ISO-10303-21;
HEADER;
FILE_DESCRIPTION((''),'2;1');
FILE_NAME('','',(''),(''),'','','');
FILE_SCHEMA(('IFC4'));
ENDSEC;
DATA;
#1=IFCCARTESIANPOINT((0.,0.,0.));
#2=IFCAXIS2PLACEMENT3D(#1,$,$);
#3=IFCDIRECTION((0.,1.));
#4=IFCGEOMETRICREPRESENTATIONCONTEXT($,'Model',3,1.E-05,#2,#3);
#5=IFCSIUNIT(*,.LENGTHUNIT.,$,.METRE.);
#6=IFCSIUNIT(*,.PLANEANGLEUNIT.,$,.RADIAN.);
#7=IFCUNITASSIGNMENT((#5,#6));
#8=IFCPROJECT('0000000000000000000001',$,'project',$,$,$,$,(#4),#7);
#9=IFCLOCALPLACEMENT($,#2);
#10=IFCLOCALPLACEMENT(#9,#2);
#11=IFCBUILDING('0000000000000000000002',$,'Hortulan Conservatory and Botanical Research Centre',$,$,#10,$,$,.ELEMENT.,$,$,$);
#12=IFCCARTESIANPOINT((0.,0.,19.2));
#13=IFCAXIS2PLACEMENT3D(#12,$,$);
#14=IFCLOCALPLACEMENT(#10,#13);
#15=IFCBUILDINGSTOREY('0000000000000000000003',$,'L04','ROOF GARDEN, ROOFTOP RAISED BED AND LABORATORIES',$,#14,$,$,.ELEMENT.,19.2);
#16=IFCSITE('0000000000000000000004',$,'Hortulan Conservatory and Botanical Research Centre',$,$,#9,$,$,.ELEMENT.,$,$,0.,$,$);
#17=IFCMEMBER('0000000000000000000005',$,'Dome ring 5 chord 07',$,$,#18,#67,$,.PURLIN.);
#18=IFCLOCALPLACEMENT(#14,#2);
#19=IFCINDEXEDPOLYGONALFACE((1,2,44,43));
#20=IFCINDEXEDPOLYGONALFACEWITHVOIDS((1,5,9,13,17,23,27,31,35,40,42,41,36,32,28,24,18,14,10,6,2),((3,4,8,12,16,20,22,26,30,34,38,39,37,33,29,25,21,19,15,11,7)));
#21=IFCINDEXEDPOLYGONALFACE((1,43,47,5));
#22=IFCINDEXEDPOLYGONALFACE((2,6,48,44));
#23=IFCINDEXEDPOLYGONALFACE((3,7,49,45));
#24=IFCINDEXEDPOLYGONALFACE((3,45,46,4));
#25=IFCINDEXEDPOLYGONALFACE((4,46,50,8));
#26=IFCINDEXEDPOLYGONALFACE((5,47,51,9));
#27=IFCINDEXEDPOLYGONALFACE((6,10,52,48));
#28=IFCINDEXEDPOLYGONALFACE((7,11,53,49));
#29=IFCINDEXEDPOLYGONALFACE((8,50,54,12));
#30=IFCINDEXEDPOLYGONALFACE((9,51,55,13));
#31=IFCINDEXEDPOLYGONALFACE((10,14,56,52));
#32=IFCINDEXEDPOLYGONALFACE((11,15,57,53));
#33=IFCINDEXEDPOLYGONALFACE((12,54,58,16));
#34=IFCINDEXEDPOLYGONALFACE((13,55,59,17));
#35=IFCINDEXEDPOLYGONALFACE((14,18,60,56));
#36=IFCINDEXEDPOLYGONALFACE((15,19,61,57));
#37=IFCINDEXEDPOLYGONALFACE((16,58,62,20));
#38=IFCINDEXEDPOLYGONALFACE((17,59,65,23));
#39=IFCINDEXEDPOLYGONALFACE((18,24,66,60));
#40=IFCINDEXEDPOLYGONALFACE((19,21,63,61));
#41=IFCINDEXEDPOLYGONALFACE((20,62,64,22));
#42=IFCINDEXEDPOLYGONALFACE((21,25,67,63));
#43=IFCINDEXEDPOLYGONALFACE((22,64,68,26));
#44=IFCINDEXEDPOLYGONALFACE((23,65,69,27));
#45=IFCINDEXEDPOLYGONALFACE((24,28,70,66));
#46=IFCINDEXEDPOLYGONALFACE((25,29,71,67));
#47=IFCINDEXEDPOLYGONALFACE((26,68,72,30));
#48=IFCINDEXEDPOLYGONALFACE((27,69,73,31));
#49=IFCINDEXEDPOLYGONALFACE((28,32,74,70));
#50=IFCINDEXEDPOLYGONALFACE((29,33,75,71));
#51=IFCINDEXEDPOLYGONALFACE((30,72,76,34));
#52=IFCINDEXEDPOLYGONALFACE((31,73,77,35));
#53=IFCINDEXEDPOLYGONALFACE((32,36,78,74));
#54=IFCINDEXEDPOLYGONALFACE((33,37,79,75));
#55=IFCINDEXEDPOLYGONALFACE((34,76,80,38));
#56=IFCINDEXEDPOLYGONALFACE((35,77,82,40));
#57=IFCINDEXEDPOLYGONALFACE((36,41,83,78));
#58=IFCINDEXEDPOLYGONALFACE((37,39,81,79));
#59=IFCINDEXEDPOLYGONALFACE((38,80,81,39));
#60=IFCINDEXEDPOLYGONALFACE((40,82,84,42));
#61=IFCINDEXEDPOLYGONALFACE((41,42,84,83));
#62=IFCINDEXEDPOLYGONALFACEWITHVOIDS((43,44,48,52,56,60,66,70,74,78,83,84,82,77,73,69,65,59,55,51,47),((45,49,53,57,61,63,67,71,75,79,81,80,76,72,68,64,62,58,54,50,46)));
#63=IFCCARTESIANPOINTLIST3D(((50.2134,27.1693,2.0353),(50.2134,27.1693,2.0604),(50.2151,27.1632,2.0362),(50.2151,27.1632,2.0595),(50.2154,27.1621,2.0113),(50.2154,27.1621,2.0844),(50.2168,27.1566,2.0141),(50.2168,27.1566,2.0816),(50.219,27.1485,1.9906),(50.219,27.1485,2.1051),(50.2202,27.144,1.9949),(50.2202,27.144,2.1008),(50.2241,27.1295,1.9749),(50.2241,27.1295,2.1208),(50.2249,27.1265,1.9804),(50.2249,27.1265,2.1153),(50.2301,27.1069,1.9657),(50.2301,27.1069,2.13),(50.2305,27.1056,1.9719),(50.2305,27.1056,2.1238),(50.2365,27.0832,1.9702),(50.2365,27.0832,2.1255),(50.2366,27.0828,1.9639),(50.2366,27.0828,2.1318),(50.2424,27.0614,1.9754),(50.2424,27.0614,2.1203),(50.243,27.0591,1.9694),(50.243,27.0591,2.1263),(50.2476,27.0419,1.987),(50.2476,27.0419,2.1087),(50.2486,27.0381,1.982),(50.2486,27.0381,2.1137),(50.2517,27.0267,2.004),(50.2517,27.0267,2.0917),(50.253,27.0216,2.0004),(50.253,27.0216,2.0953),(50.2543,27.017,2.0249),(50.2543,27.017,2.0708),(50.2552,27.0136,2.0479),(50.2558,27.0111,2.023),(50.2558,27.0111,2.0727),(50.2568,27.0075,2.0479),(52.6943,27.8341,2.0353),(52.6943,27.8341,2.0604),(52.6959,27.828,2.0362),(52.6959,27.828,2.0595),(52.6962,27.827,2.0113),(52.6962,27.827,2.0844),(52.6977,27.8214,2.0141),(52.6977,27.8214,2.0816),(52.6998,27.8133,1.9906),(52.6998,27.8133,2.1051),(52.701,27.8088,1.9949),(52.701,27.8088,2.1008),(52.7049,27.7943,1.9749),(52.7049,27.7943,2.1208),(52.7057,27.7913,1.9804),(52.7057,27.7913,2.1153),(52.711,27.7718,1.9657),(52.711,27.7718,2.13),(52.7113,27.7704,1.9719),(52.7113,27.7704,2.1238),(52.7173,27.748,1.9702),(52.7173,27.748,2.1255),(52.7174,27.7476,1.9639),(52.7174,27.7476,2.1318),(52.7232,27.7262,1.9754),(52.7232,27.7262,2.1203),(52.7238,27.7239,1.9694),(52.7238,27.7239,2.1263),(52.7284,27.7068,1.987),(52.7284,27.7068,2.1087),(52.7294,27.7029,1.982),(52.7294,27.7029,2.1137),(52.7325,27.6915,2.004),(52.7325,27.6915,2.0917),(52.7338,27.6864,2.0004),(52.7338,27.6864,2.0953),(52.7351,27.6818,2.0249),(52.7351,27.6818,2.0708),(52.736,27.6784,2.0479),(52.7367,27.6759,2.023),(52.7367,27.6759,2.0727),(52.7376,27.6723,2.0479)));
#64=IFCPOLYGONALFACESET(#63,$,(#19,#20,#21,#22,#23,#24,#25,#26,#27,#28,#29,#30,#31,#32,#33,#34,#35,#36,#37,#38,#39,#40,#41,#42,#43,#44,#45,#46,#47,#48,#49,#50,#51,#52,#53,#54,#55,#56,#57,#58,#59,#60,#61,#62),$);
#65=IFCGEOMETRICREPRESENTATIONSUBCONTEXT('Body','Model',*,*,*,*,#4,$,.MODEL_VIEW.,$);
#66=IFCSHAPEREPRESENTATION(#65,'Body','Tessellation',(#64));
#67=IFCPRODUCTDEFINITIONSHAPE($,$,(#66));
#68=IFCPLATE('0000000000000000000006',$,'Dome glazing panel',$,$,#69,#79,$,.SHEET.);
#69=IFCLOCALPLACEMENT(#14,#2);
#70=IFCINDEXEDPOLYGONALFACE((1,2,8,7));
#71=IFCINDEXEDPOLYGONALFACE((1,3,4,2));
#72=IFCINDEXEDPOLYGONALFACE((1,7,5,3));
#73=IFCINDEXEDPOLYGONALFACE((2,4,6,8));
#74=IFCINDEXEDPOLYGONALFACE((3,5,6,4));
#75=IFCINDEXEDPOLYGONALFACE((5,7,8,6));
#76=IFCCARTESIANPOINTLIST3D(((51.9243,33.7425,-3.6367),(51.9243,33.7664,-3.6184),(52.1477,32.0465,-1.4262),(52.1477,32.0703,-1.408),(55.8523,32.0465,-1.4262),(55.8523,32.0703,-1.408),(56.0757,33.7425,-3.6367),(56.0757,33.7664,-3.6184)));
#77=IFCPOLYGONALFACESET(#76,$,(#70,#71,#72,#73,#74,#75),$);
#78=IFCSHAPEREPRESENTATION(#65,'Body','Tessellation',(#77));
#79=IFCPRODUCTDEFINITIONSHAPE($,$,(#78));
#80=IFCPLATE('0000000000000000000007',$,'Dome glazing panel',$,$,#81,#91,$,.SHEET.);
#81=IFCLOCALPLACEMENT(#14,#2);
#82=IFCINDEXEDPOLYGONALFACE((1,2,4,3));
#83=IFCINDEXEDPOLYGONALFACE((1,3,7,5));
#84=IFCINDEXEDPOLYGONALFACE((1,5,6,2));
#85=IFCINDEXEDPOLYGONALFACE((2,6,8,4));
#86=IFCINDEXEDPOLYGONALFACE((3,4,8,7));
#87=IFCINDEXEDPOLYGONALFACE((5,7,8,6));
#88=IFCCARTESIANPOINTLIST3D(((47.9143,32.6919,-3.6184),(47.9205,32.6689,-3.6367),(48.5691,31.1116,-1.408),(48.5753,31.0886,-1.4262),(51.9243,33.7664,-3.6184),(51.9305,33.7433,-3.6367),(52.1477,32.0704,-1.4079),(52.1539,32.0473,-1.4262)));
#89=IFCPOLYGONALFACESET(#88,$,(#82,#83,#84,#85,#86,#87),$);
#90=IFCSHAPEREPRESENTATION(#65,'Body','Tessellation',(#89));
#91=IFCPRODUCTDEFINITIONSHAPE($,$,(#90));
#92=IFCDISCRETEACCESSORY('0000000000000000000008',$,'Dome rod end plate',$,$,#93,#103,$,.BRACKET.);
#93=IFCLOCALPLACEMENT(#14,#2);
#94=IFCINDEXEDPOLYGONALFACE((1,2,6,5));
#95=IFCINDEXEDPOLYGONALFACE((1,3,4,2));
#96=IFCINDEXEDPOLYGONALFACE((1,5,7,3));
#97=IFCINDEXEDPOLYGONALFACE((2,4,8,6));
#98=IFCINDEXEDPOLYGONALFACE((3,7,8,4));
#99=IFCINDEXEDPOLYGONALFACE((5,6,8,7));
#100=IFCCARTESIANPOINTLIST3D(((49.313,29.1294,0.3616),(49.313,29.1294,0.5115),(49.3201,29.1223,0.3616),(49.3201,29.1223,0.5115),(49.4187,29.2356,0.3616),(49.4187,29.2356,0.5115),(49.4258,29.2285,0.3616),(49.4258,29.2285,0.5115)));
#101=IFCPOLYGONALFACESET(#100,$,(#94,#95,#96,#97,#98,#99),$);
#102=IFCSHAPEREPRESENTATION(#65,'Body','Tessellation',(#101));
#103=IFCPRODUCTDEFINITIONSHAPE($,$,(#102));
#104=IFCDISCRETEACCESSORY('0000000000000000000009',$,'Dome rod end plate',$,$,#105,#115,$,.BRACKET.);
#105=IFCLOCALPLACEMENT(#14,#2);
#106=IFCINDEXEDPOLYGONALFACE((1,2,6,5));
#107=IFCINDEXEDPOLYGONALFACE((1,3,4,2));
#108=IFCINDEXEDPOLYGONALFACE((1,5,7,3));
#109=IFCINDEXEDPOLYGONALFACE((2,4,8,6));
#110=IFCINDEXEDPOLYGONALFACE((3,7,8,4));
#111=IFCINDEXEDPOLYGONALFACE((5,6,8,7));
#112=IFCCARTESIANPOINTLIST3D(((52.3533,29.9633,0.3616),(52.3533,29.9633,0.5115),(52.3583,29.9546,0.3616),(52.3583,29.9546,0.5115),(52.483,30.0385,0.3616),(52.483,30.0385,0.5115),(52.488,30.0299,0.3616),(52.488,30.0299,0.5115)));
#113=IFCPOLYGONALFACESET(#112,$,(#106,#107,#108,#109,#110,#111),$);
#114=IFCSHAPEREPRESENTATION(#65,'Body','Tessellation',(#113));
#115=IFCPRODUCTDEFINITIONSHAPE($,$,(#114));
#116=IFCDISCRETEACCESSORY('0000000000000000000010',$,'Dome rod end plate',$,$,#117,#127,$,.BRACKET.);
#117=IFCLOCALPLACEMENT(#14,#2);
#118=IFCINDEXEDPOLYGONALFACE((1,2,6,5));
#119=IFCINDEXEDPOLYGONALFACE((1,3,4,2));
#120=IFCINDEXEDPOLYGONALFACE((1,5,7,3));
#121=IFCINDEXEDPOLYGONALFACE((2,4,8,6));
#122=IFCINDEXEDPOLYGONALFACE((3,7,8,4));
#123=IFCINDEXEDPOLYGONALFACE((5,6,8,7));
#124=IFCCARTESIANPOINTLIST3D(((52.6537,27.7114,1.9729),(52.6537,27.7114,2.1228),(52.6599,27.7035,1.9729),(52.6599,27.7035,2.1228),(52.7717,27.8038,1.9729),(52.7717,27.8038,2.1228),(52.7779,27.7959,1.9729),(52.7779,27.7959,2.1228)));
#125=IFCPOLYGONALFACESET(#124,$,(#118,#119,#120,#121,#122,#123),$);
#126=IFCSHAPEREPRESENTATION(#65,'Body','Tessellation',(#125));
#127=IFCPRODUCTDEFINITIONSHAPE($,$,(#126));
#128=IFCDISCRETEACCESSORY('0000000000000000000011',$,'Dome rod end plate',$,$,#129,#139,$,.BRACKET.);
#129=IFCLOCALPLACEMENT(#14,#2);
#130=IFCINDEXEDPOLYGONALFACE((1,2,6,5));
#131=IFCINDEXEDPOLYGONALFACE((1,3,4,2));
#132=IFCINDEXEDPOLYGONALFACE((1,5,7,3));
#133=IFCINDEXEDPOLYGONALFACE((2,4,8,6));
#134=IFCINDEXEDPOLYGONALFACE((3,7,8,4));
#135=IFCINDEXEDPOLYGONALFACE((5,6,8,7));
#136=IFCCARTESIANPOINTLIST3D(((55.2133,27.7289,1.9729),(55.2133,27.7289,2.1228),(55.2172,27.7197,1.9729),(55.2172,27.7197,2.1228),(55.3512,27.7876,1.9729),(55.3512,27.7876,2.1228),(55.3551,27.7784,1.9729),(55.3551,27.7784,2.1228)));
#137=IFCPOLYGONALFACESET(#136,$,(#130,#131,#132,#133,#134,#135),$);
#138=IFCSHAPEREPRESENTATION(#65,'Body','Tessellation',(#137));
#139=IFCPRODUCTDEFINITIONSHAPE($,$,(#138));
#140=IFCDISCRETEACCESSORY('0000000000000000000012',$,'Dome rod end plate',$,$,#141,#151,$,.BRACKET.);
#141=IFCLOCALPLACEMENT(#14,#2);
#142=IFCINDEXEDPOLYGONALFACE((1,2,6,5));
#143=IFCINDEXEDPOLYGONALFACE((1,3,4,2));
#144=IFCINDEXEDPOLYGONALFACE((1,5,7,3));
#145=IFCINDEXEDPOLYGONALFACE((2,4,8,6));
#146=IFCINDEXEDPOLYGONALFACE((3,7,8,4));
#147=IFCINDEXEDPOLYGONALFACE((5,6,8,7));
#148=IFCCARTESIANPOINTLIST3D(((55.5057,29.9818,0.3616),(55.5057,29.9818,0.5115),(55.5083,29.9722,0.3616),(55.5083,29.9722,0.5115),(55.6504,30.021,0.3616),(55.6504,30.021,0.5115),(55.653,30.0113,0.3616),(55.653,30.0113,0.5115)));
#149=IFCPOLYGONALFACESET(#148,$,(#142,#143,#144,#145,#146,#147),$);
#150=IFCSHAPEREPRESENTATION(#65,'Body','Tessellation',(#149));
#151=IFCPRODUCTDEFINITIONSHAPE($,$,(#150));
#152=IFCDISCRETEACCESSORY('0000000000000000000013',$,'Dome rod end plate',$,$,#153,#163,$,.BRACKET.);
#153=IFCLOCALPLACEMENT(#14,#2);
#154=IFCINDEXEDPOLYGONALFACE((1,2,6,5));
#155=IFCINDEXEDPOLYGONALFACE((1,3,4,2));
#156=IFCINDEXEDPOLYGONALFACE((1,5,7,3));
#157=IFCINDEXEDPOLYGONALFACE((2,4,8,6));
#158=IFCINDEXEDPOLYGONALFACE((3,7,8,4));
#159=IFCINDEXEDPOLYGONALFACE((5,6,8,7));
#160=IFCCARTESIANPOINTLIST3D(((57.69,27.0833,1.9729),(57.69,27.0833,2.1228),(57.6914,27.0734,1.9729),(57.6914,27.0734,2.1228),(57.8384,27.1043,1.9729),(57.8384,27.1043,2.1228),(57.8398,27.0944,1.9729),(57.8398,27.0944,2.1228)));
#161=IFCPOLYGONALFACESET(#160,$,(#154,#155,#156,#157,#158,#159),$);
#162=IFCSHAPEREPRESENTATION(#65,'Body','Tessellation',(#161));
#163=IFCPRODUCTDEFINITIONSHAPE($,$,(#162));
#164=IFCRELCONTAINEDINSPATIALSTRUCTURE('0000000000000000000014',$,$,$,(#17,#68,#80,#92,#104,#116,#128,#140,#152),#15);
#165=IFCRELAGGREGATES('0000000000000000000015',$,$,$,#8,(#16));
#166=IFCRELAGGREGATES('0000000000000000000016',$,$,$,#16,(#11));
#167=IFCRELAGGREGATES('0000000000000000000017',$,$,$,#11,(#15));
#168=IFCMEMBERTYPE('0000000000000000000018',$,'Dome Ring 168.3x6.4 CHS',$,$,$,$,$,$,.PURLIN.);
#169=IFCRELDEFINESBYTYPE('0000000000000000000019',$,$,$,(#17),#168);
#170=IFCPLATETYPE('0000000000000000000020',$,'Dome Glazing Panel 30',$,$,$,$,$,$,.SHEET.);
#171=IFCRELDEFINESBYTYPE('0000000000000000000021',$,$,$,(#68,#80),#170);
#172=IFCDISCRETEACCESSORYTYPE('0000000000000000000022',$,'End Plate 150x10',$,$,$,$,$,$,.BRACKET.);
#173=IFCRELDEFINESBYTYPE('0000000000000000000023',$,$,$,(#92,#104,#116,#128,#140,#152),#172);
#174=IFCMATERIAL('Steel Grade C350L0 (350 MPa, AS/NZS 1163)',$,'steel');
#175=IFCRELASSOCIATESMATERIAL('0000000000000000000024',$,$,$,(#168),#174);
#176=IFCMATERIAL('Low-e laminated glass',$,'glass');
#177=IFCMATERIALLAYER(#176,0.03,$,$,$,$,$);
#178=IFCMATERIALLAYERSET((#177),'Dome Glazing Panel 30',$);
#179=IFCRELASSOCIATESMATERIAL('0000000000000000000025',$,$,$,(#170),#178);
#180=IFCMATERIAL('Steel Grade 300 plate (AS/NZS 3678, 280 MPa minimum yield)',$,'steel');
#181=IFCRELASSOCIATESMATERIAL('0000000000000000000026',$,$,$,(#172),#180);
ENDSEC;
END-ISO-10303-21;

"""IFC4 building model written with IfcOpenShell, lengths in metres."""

from ifc_helpers import new_model, si_unit, direction, frame, origin, origin_2d, place, context, subcontext, project, spatial, polyline, rectangle, hollow_circle, outline, extrude, material, layer, layer_set, material_profile, profile_set, type_object, element, save


model = new_model("IFC4")

# Units and contexts
model_context = context("Model", 3, precision=1e-05, world=origin(), true_north=direction((0.0, 1.0)))
body_context = subcontext(model_context, "Body", "Model", "MODEL_VIEW")
ifc_project = project(units=[si_unit("LENGTHUNIT", "METRE"), si_unit("PLANEANGLEUNIT", "RADIAN")], contexts=[model_context])

# Site, building, storey
site_placement = place(None, origin())
site = spatial("IfcSite", under=ifc_project, at=site_placement, Name="Hortulan Conservatory and Botanical Research Centre", CompositionType="ELEMENT", RefElevation=0.0)
building_placement = place(site_placement, origin())
building = spatial("IfcBuilding", under=site, at=building_placement, Name="Hortulan Conservatory and Botanical Research Centre", CompositionType="ELEMENT")
storey_placement = place(building_placement, frame((0.0, 0.0, 19.2)))
storey = spatial("IfcBuildingStorey", under=building, at=storey_placement, Name="L04", Description="ROOF GARDEN, ROOFTOP RAISED BED AND LABORATORIES", CompositionType="ELEMENT", Elevation=19.2)

# Shared definitions
ifc_material_1 = material(Name="Steel Grade C350L0 (350 MPa, AS/NZS 1163)", Category="steel")

# Member
ifc_material_profile_1 = material_profile(ifc_material_1, hollow_circle(Radius=0.0842, WallThickness=0.0063, at=origin_2d()), Name="168.3x6.4CHS")
ifc_profile_set_1 = profile_set([ifc_material_profile_1], Name="Steel Grade C350L0 (350 MPa, AS/NZS 1163)")
member_type_1 = type_object("IfcMemberType", Name="Dome Ring 168.3x6.4 CHS", PredefinedType="PURLIN", material=ifc_profile_set_1)
for number, where, z_axis, x_axis, name in (
    (1, (52.7158, 27.7537, 2.0479), (-0.965917, -0.258852, 0.0), (0.258852, -0.965917, 0.0), "Dome ring 5 chord 07"),
):
    element("IfcMember", number, at=place(storey_placement, frame(where, z_axis=z_axis, x_axis=x_axis)), inside=storey, type_object=member_type_1, Name=name, PredefinedType="PURLIN", context=body_context, shape_type="SweptSolid", body=[
        extrude(hollow_circle(Radius=0.0842, WallThickness=0.0063, at=origin_2d()), origin(), (0.0, 0.0, 1.0), 2.5684),
    ])

# Plates
ifc_material_2 = material(Name="Low-e laminated glass", Category="glass")
ifc_layer = layer(ifc_material_2, 0.03)
ifc_layer_set = layer_set([ifc_layer], Name="Dome Glazing Panel 30")
plate_type = type_object("IfcPlateType", Name="Dome Glazing Panel 30", PredefinedType="SHEET", material=ifc_layer_set)
plate_1_placement = place(storey_placement, frame((56.0757, 33.7664, -3.6184), z_axis=(0.0, 0.793369, 0.608741), x_axis=(-1.0, 0.0, 0.0)))
element("IfcPlate", 2, at=plate_1_placement, inside=storey, type_object=plate_type, Name="Dome glazing panel", PredefinedType="SHEET", context=body_context, shape_type="SweptSolid", body=[
    extrude(outline(polyline([(0.0, 0.0), (4.1514, 0.0), (3.928, 2.7862), (0.2234, 2.7862), (0.0, 0.0)])), origin(), (0.0, 0.0, -1.0), 0.03),
])
plate_2_placement = place(storey_placement, frame((51.9243, 33.7664, -3.6184), z_axis=(-0.205325, 0.766346, 0.608732), x_axis=(-0.965929, -0.258806, 0.000008)))
element("IfcPlate", 3, at=plate_2_placement, inside=storey, type_object=plate_type, Name="Dome glazing panel", PredefinedType="SHEET", context=body_context, shape_type="SweptSolid", body=[
    extrude(outline(polyline([(0.0, 0.0), (4.1515, 0.0), (3.928, 2.7861), (0.2232, 2.7862), (0.0, 0.0)])), origin(), (0.0, 0.0, -1.0), 0.03),
])

# Discrete accessories
ifc_material_3 = material(Name="Steel Grade 300 plate (AS/NZS 3678, 280 MPa minimum yield)", Category="steel")
discrete_accessory_type = type_object("IfcDiscreteAccessoryType", Name="End Plate 150x10", PredefinedType="BRACKET", material=ifc_material_3)
for number, where, z_axis, x_axis, name in (
    (4, (49.3694, 29.179, 0.3616), (0.0, 0.0, 1.0), (0.705439, 0.708771, 0.0), "Dome rod end plate"),
    (5, (52.4207, 29.9966, 0.3616), (0.0, 0.0, 1.0), (0.864836, 0.502054, 0.0), "Dome rod end plate"),
    (6, (52.7158, 27.7537, 1.9729), (0.0, 0.0, 1.0), (0.787247, 0.616637, 0.0), "Dome rod end plate"),
    (7, (55.2842, 27.7537, 1.9729), (0.0, 0.0, 1.0), (0.920027, 0.391855, 0.0), "Dome rod end plate"),
    (8, (55.5793, 29.9966, 0.3616), (0.0, 0.0, 1.0), (0.965313, 0.261094, 0.0), "Dome rod end plate"),
    (9, (57.7649, 27.0889, 1.9729), (0.0, 0.0, 1.0), (0.990092, 0.140417, 0.0), "Dome rod end plate"),
):
    element("IfcDiscreteAccessory", number, at=place(storey_placement, frame(where, z_axis=z_axis, x_axis=x_axis)), inside=storey, type_object=discrete_accessory_type, Name=name, PredefinedType="BRACKET", context=body_context, shape_type="SweptSolid", body=[
        extrude(rectangle(XDim=0.1499, YDim=0.01, at=origin_2d()), origin(), (0.0, 0.0, 1.0), 0.1499),
    ])

save(model, "model.ifc")
